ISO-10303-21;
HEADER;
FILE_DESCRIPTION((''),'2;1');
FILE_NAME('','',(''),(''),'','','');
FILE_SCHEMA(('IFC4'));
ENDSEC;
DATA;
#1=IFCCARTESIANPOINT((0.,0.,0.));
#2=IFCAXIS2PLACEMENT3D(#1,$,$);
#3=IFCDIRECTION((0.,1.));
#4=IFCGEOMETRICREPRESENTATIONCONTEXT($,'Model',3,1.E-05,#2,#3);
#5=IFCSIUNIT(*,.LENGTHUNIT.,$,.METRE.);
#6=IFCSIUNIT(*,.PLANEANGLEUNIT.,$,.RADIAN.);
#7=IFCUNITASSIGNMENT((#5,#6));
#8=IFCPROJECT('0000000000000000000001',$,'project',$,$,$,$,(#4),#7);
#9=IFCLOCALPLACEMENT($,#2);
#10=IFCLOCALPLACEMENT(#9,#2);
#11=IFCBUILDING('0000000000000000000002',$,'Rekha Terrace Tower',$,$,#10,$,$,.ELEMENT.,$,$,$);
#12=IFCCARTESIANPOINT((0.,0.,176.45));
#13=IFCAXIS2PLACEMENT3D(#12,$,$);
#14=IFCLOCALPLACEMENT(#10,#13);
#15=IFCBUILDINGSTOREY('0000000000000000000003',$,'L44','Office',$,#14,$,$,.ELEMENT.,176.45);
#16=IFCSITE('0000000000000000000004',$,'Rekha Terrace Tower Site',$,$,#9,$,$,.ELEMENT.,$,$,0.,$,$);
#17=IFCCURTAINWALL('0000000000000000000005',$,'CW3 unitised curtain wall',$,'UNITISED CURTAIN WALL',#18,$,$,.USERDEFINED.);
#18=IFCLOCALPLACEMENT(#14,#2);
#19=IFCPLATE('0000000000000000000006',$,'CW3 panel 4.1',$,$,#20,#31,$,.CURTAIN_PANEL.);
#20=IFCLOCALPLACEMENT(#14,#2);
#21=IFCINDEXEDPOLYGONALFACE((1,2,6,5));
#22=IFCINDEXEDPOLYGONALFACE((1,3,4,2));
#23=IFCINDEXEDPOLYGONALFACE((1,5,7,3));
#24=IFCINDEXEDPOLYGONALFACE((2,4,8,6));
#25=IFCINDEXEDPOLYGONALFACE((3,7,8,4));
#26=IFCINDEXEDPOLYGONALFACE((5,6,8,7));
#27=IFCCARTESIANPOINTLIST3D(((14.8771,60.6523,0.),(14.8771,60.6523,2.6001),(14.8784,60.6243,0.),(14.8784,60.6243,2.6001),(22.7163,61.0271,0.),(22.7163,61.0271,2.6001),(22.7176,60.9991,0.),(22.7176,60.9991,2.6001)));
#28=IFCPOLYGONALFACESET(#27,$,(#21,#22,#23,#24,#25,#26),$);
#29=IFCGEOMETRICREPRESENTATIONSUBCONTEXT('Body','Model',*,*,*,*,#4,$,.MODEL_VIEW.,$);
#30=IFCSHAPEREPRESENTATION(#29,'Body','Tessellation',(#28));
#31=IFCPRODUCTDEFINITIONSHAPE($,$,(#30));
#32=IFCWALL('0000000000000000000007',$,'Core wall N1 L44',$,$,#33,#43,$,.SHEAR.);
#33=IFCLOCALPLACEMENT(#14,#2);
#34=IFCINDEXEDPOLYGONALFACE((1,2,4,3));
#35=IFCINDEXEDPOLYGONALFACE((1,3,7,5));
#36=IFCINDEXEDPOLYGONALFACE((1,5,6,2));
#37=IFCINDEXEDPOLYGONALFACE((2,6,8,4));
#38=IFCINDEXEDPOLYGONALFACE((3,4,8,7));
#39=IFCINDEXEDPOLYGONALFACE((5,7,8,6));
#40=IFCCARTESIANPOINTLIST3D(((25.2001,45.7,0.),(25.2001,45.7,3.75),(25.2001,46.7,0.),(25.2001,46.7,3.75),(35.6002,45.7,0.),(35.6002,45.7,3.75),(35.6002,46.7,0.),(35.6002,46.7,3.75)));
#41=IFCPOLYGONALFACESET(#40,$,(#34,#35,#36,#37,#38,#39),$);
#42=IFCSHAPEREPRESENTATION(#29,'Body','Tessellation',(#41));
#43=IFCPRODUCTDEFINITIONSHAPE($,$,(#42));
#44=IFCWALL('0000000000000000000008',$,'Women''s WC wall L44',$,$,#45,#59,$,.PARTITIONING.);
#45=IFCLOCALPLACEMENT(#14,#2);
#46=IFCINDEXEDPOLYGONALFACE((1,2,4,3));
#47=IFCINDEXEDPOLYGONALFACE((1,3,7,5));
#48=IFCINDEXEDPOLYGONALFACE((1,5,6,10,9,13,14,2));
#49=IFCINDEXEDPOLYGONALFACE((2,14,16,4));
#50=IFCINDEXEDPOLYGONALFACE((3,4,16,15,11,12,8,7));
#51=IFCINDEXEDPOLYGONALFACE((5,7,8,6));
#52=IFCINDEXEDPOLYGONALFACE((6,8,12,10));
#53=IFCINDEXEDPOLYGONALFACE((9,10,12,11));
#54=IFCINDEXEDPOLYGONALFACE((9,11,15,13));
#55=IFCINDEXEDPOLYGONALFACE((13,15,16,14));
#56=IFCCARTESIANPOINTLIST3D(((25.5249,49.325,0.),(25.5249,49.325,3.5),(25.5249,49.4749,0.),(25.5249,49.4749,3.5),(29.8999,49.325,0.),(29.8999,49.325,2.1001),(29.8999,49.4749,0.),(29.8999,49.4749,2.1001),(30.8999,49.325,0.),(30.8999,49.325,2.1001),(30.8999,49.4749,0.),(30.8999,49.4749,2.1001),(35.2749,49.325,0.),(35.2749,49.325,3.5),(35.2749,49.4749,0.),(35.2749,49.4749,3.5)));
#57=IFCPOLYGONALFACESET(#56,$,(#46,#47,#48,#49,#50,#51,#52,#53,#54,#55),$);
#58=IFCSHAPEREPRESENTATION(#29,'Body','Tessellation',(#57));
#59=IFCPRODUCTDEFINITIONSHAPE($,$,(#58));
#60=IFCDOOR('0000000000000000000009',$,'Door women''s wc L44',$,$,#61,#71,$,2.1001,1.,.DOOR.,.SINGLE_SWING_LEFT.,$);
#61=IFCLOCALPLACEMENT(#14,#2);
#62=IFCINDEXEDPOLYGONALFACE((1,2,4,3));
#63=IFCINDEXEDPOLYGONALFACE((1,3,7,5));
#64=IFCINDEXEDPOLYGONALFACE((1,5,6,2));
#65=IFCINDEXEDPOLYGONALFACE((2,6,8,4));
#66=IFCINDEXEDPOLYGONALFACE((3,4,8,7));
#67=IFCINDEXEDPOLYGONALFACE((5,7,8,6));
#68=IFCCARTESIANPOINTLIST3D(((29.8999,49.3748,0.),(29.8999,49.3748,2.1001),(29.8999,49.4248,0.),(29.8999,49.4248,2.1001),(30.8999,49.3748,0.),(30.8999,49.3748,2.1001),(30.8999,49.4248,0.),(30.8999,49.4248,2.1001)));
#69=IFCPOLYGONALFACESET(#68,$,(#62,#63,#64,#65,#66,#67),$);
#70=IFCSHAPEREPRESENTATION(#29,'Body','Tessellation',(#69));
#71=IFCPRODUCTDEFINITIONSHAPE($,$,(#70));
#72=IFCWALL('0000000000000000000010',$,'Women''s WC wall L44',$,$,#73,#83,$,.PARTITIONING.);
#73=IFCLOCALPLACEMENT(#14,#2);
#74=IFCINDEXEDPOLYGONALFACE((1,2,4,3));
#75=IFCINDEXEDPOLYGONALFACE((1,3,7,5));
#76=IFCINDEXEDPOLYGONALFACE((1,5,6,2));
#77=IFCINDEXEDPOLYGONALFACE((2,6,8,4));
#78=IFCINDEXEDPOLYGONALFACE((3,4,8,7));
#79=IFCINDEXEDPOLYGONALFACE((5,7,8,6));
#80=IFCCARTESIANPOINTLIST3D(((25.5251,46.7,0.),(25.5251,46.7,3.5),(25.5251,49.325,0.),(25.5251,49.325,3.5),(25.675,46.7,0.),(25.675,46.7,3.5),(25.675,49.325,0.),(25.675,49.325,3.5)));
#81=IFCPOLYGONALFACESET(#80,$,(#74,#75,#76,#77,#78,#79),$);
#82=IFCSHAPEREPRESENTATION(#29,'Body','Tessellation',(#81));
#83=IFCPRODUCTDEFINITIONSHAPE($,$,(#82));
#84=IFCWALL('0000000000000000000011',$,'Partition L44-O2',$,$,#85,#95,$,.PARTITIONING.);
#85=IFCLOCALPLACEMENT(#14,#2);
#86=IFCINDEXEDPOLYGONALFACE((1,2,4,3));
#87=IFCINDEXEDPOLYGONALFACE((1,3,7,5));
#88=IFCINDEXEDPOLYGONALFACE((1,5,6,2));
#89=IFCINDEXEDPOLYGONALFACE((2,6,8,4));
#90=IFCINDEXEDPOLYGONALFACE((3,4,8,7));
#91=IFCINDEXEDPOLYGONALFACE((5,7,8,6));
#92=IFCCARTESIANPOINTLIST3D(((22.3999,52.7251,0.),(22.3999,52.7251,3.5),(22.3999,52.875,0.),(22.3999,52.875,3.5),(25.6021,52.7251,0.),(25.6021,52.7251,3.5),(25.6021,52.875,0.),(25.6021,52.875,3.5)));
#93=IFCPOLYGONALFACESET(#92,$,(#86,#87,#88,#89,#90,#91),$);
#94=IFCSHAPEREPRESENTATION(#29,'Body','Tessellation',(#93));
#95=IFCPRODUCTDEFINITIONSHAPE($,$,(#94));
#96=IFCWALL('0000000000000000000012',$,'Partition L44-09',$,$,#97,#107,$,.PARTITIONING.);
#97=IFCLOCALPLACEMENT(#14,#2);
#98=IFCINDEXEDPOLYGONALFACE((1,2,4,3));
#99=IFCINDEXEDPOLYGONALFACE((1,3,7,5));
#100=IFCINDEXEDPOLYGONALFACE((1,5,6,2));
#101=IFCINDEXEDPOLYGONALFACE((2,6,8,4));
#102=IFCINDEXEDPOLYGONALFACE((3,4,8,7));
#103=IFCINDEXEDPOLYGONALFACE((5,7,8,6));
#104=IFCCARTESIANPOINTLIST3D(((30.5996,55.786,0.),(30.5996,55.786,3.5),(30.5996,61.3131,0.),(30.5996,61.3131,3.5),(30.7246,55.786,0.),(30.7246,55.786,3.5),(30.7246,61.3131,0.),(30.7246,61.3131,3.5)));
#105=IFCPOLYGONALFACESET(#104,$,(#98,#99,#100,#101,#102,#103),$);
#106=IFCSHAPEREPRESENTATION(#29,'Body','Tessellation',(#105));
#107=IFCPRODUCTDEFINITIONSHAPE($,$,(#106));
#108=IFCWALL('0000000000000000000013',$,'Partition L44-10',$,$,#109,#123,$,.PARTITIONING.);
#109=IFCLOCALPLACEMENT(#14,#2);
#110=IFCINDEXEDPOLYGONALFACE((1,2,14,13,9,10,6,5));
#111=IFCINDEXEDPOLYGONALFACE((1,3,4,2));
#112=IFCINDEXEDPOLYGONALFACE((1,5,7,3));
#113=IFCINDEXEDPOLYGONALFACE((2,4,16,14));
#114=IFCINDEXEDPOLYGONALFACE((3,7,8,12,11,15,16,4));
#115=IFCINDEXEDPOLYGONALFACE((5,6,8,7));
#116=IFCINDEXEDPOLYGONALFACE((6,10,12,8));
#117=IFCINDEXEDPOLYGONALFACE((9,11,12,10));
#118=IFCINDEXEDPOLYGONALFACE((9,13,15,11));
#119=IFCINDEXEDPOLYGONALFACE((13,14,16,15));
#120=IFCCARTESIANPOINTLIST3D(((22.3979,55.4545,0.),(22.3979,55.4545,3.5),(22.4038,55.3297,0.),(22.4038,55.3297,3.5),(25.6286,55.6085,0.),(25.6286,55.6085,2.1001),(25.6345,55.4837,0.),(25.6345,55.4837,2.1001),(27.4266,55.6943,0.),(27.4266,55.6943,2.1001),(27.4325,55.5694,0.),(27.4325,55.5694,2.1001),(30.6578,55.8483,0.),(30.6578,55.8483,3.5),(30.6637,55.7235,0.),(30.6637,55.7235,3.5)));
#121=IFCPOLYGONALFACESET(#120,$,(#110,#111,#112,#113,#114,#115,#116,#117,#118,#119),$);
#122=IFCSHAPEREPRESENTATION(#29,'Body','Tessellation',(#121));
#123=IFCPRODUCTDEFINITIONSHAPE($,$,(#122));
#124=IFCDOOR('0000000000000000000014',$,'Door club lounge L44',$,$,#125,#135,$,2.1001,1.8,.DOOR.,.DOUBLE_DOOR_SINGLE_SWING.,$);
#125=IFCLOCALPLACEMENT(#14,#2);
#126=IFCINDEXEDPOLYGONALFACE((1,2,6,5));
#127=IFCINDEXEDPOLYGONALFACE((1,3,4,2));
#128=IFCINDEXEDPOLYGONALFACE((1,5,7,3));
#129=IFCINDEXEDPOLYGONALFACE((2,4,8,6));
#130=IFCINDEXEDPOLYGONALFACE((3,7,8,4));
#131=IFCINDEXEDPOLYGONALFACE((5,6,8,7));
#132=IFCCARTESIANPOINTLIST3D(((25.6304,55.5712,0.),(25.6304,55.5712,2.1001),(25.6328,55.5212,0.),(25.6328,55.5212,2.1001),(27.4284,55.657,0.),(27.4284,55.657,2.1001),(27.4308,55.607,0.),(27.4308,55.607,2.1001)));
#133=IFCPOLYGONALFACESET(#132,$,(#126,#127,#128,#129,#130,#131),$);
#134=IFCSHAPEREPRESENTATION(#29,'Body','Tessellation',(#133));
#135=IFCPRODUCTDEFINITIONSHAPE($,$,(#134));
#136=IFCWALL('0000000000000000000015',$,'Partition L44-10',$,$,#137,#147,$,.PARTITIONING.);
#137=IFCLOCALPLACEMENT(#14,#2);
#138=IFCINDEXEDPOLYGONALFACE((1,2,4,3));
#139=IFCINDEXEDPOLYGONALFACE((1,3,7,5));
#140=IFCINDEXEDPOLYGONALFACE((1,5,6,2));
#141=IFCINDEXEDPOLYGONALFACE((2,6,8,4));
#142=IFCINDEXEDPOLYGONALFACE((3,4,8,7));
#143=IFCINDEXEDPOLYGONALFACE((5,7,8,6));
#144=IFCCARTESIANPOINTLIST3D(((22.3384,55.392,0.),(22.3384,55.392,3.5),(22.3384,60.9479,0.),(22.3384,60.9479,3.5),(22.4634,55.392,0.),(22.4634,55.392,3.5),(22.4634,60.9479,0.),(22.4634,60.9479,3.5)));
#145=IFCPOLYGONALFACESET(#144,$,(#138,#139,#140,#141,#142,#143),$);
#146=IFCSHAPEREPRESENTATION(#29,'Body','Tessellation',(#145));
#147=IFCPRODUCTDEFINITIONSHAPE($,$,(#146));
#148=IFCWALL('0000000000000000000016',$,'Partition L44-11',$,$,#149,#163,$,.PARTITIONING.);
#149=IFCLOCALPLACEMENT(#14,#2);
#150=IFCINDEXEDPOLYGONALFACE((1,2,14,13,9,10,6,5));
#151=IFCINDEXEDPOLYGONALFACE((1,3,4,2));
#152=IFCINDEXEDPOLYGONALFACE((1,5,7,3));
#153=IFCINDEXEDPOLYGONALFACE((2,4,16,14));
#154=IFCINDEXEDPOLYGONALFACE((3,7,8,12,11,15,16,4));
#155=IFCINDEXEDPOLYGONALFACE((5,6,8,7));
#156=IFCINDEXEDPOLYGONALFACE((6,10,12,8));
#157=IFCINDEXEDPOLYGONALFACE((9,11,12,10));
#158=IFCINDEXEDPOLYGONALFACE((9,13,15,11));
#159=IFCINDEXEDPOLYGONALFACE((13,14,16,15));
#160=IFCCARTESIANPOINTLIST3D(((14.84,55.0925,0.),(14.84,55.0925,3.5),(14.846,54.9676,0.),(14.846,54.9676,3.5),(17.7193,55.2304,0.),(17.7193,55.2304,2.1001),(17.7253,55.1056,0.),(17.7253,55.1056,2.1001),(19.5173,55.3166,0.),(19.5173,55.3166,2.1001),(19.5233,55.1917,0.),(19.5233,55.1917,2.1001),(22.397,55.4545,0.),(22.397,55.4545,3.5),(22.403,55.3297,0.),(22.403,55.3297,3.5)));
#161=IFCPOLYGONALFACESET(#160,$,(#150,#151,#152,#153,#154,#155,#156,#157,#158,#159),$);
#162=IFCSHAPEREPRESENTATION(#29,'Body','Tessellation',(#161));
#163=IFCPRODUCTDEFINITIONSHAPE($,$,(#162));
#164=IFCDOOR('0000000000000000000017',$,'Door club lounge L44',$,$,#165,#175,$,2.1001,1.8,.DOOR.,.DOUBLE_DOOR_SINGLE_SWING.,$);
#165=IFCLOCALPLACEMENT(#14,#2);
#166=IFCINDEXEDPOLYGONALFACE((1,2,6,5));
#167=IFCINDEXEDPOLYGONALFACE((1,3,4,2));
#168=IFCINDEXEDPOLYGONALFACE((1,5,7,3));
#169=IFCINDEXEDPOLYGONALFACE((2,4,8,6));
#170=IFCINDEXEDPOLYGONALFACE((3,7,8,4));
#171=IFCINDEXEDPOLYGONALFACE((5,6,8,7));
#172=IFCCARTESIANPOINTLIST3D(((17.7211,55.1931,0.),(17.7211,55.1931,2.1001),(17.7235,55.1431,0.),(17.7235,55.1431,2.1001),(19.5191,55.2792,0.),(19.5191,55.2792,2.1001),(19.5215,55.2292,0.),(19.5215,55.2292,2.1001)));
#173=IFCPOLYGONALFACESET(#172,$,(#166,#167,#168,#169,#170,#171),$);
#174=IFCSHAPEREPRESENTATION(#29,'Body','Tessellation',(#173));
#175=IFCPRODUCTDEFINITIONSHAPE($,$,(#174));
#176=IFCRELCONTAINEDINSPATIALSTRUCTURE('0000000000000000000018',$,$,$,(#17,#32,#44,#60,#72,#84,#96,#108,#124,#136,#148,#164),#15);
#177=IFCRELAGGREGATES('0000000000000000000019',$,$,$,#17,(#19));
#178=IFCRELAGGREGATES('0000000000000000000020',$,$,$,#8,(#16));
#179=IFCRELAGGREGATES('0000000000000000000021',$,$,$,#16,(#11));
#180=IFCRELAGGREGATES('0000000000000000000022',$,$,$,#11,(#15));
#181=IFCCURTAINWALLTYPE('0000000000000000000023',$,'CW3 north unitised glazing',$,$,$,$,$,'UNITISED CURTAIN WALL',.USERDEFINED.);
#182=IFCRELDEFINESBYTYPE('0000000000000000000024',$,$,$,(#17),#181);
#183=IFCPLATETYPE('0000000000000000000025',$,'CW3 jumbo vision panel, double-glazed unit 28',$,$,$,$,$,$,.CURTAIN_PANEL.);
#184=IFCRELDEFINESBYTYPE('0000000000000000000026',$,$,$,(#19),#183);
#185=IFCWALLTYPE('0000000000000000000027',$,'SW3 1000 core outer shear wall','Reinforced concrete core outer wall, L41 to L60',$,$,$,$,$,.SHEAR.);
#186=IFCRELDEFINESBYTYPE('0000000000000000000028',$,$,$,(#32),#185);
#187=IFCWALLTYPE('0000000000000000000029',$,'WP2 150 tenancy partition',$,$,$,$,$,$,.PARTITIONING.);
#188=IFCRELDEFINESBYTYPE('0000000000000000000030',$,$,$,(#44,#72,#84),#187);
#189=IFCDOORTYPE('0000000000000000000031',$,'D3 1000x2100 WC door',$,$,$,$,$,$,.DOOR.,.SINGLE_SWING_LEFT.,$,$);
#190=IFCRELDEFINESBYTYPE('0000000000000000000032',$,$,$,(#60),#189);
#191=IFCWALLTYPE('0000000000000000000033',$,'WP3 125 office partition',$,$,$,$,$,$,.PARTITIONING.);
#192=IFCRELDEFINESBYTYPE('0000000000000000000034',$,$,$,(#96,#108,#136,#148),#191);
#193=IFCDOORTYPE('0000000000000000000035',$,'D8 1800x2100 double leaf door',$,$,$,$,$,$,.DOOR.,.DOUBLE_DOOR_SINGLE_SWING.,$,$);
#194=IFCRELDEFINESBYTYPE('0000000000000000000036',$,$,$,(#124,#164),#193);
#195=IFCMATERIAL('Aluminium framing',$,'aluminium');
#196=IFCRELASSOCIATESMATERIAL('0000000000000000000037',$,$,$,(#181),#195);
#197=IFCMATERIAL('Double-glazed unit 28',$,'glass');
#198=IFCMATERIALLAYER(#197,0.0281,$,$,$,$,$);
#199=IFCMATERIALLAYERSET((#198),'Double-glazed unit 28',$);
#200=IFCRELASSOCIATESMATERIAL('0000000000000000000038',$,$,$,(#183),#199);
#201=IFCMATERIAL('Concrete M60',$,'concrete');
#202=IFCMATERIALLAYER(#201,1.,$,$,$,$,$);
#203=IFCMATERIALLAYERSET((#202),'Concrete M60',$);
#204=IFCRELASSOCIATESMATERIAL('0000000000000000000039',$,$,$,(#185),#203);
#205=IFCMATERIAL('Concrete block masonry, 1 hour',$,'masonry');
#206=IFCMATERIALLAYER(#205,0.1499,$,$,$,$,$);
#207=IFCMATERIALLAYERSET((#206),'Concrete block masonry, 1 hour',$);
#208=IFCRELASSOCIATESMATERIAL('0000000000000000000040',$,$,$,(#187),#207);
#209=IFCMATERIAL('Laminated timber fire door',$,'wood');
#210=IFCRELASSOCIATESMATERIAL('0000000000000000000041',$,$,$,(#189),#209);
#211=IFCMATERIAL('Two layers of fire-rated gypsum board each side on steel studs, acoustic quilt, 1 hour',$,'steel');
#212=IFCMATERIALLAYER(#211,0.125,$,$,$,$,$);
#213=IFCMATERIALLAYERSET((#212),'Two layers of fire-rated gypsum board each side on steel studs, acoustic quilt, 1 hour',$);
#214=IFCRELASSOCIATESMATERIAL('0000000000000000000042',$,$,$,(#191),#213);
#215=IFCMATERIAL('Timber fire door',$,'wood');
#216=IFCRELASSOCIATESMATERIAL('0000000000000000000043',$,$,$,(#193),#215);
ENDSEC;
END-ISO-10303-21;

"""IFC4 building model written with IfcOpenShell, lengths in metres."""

from ifc_helpers import new_model, si_unit, direction, frame, frame_2d, origin, origin_2d, place, context, subcontext, project, spatial, rectangle, extrude, material, layer, layer_set, type_object, element, fill, aggregate, save


model = new_model("IFC4")

# Units and contexts
model_context = context("Model", 3, precision=1e-05, world=origin(), true_north=direction((0.0, 1.0)))
body_context = subcontext(model_context, "Body", "Model", "MODEL_VIEW")
ifc_project = project(units=[si_unit("LENGTHUNIT", "METRE"), si_unit("PLANEANGLEUNIT", "RADIAN")], contexts=[model_context])

# Site, building, storey
site_placement = place(None, origin())
site = spatial("IfcSite", under=ifc_project, at=site_placement, Name="Rekha Terrace Tower Site", CompositionType="ELEMENT", RefElevation=0.0)
building_placement = place(site_placement, origin())
building = spatial("IfcBuilding", under=site, at=building_placement, Name="Rekha Terrace Tower", CompositionType="ELEMENT")
storey_placement = place(building_placement, frame((0.0, 0.0, 176.45)))
storey = spatial("IfcBuildingStorey", under=building, at=storey_placement, Name="L44", Description="Office", CompositionType="ELEMENT", Elevation=176.45)

# Curtain wall, plate
ifc_material_1 = material(Name="Aluminium framing", Category="aluminium")
curtain_wall_type = type_object("IfcCurtainWallType", Name="CW3 north unitised glazing", ElementType="UNITISED CURTAIN WALL", PredefinedType="USERDEFINED", material=ifc_material_1)
curtain_wall_placement = place(storey_placement, origin())
curtain_wall = element("IfcCurtainWall", 1, at=curtain_wall_placement, inside=storey, type_object=curtain_wall_type, Name="CW3 unitised curtain wall", ObjectType="UNITISED CURTAIN WALL", PredefinedType="USERDEFINED")
ifc_material_2 = material(Name="Double-glazed unit 28", Category="glass")
ifc_layer_1 = layer(ifc_material_2, 0.0281)
ifc_layer_set_1 = layer_set([ifc_layer_1], Name="Double-glazed unit 28")
plate_type = type_object("IfcPlateType", Name="CW3 jumbo vision panel, double-glazed unit 28", PredefinedType="CURTAIN_PANEL", material=ifc_layer_set_1)
plate_1_placement = place(storey_placement, frame((18.7974, 60.8257, 0.0), z_axis=(0.0, 0.0, 1.0), x_axis=(-0.998859, -0.047759, 0.0)))
plate_1 = element("IfcPlate", 2, at=plate_1_placement, type_object=plate_type, Name="CW3 panel 4.1", PredefinedType="CURTAIN_PANEL", context=body_context, shape_type="SweptSolid", body=[
    extrude(rectangle(XDim=7.8481, YDim=0.0281, at=origin_2d()), origin(), (0.0, 0.0, 1.0), 2.6001),
])
aggregate(curtain_wall, [plate_1])

# Wall
ifc_material_3 = material(Name="Concrete M60", Category="concrete")
ifc_layer_2 = layer(ifc_material_3, 1.0)
ifc_layer_set_2 = layer_set([ifc_layer_2], Name="Concrete M60")
wall_type_1 = type_object("IfcWallType", Name="SW3 1000 core outer shear wall", Description="Reinforced concrete core outer wall, L41 to L60", PredefinedType="SHEAR", material=ifc_layer_set_2)
wall_1_placement = place(storey_placement, frame((25.2, 46.2, 0.0), z_axis=(0.0, 0.0, 1.0), x_axis=(1.0, 0.0, 0.0)))
element("IfcWall", 3, at=wall_1_placement, inside=storey, type_object=wall_type_1, Name="Core wall N1 L44", PredefinedType="SHEAR", context=body_context, shape_type="SweptSolid", body=[
    extrude(rectangle(XDim=10.4001, YDim=1.0, at=frame_2d((5.2002, 0.0))), origin(), (0.0, 0.0, 1.0), 3.75),
])

# Wall, opening, door
ifc_material_4 = material(Name="Concrete block masonry, 1 hour", Category="masonry")
ifc_layer_3 = layer(ifc_material_4, 0.1499)
ifc_layer_set_3 = layer_set([ifc_layer_3], Name="Concrete block masonry, 1 hour")
wall_type_2 = type_object("IfcWallType", Name="WP2 150 tenancy partition", PredefinedType="PARTITIONING", material=ifc_layer_set_3)
wall_2_placement = place(storey_placement, frame((25.5249, 49.3999, 0.0), z_axis=(0.0, 0.0, 1.0), x_axis=(1.0, 0.0, 0.0)))
wall_2 = element("IfcWall", 4, at=wall_2_placement, inside=storey, type_object=wall_type_2, Name="Women's WC wall L44", PredefinedType="PARTITIONING", context=body_context, shape_type="SweptSolid", body=[
    extrude(rectangle(XDim=9.75, YDim=0.1499, at=frame_2d((4.875, 0.0))), origin(), (0.0, 0.0, 1.0), 3.5),
])
opening_1_placement = place(wall_2_placement, frame((4.375, 0.0, 0.0)))
opening_1 = element("IfcOpeningElement", 5, at=opening_1_placement, cuts=wall_2, PredefinedType="OPENING", context=body_context, shape_type="SweptSolid", body=[
    extrude(rectangle(XDim=1.0, YDim=2.1001, at=frame_2d((0.5, 1.05))), frame((0.0, 0.085, 0.0), z_axis=(0.0, -1.0, 0.0), x_axis=(1.0, 0.0, 0.0)), (0.0, 0.0, 1.0), 0.1699),
])
ifc_material_5 = material(Name="Laminated timber fire door", Category="wood")
door_type_1 = type_object("IfcDoorType", Name="D3 1000x2100 WC door", OperationType="SINGLE_SWING_LEFT", PredefinedType="DOOR", material=ifc_material_5)
door_1_placement = place(opening_1_placement, origin())
door_1 = element("IfcDoor", 6, at=door_1_placement, inside=storey, type_object=door_type_1, Name="Door women's wc L44", OperationType="SINGLE_SWING_LEFT", OverallHeight=2.1001, OverallWidth=1.0, PredefinedType="DOOR", context=body_context, shape_type="SweptSolid", body=[
    extrude(rectangle(XDim=1.0, YDim=2.1001, at=frame_2d((0.5, 1.05))), frame((0.0, 0.0249, 0.0), z_axis=(0.0, -1.0, 0.0), x_axis=(1.0, 0.0, 0.0)), (0.0, 0.0, 1.0), 0.05),
])
fill(opening_1, door_1)

# Walls
wall_3_placement = place(storey_placement, frame((25.6001, 46.7, 0.0), z_axis=(0.0, 0.0, 1.0), x_axis=(0.0, 1.0, 0.0)))
element("IfcWall", 7, at=wall_3_placement, inside=storey, type_object=wall_type_2, Name="Women's WC wall L44", PredefinedType="PARTITIONING", context=body_context, shape_type="SweptSolid", body=[
    extrude(rectangle(XDim=2.625, YDim=0.1499, at=frame_2d((1.3125, 0.0))), origin(), (0.0, 0.0, 1.0), 3.5),
])
wall_4_placement = place(storey_placement, frame((25.6021, 52.8, 0.0), z_axis=(0.0, 0.0, 1.0), x_axis=(-1.0, 0.0, 0.0)))
element("IfcWall", 8, at=wall_4_placement, inside=storey, type_object=wall_type_2, Name="Partition L44-O2", PredefinedType="PARTITIONING", context=body_context, shape_type="SweptSolid", body=[
    extrude(rectangle(XDim=3.2021, YDim=0.1499, at=frame_2d((1.6011, 0.0))), origin(), (0.0, 0.0, 1.0), 3.5),
])
ifc_material_6 = material(Name="Two layers of fire-rated gypsum board each side on steel studs, acoustic quilt, 1 hour", Category="steel")
ifc_layer_4 = layer(ifc_material_6, 0.125)
ifc_layer_set_4 = layer_set([ifc_layer_4], Name="Two layers of fire-rated gypsum board each side on steel studs, acoustic quilt, 1 hour")
wall_type_3 = type_object("IfcWallType", Name="WP3 125 office partition", PredefinedType="PARTITIONING", material=ifc_layer_set_4)
wall_5_placement = place(storey_placement, frame((30.6621, 55.7859, 0.0), z_axis=(0.0, 0.0, 1.0), x_axis=(0.0, 1.0, 0.0)))
element("IfcWall", 9, at=wall_5_placement, inside=storey, type_object=wall_type_3, Name="Partition L44-09", PredefinedType="PARTITIONING", context=body_context, shape_type="SweptSolid", body=[
    extrude(rectangle(XDim=5.5271, YDim=0.125, at=frame_2d((2.7637, 0.0))), origin(), (0.0, 0.0, 1.0), 3.5),
])

# Wall, opening, door
wall_6_placement = place(storey_placement, frame((30.6609, 55.7859, 0.0), z_axis=(0.0, 0.0, 1.0), x_axis=(-0.998865, -0.047621, 0.0)))
wall_6 = element("IfcWall", 10, at=wall_6_placement, inside=storey, type_object=wall_type_3, Name="Partition L44-10", PredefinedType="PARTITIONING", context=body_context, shape_type="SweptSolid", body=[
    extrude(rectangle(XDim=8.2693, YDim=0.125, at=frame_2d((4.1348, 0.0))), origin(), (0.0, 0.0, 1.0), 3.5),
])
opening_2_placement = place(wall_6_placement, frame((3.2351, 0.0, 0.0)))
opening_2 = element("IfcOpeningElement", 11, at=opening_2_placement, cuts=wall_6, PredefinedType="OPENING", context=body_context, shape_type="SweptSolid", body=[
    extrude(rectangle(XDim=1.8, YDim=2.1001, at=frame_2d((0.8999, 1.05))), frame((0.0, 0.0725, 0.0), z_axis=(0.0, -1.0, 0.0), x_axis=(1.0, 0.0, 0.0)), (0.0, 0.0, 1.0), 0.145),
])
ifc_material_7 = material(Name="Timber fire door", Category="wood")
door_type_2 = type_object("IfcDoorType", Name="D8 1800x2100 double leaf door", OperationType="DOUBLE_DOOR_SINGLE_SWING", PredefinedType="DOOR", material=ifc_material_7)
door_2_placement = place(opening_2_placement, origin())
door_2 = element("IfcDoor", 12, at=door_2_placement, inside=storey, type_object=door_type_2, Name="Door club lounge L44", OperationType="DOUBLE_DOOR_SINGLE_SWING", OverallHeight=2.1001, OverallWidth=1.8, PredefinedType="DOOR", context=body_context, shape_type="SweptSolid", body=[
    extrude(rectangle(XDim=1.8, YDim=2.1001, at=frame_2d((0.8999, 1.05))), frame((0.0, 0.0249, 0.0), z_axis=(0.0, -1.0, 0.0), x_axis=(1.0, 0.0, 0.0)), (0.0, 0.0, 1.0), 0.05),
])
fill(opening_2, door_2)

# Wall
wall_7_placement = place(storey_placement, frame((22.4009, 55.3921, 0.0), z_axis=(0.0, 0.0, 1.0), x_axis=(0.0, 1.0, 0.0)))
element("IfcWall", 13, at=wall_7_placement, inside=storey, type_object=wall_type_3, Name="Partition L44-10", PredefinedType="PARTITIONING", context=body_context, shape_type="SweptSolid", body=[
    extrude(rectangle(XDim=5.5559, YDim=0.125, at=frame_2d((2.7778, 0.0))), origin(), (0.0, 0.0, 1.0), 3.5),
])

# Wall, opening, door
wall_8_placement = place(storey_placement, frame((22.3999, 55.3921, 0.0), z_axis=(0.0, 0.0, 1.0), x_axis=(-0.998854, -0.047856, 0.0)))
wall_8 = element("IfcWall", 14, at=wall_8_placement, inside=storey, type_object=wall_type_3, Name="Partition L44-11", PredefinedType="PARTITIONING", context=body_context, shape_type="SweptSolid", body=[
    extrude(rectangle(XDim=7.5657, YDim=0.125, at=frame_2d((3.7827, 0.0))), origin(), (0.0, 0.0, 1.0), 3.5),
])
opening_3_placement = place(wall_8_placement, frame((2.8831, 0.0, 0.0)))
opening_3 = element("IfcOpeningElement", 15, at=opening_3_placement, cuts=wall_8, PredefinedType="OPENING", context=body_context, shape_type="SweptSolid", body=[
    extrude(rectangle(XDim=1.8, YDim=2.1001, at=frame_2d((0.8999, 1.05))), frame((0.0, 0.0725, 0.0), z_axis=(0.0, -1.0, 0.0), x_axis=(1.0, 0.0, 0.0)), (0.0, 0.0, 1.0), 0.145),
])
door_3_placement = place(opening_3_placement, origin())
door_3 = element("IfcDoor", 16, at=door_3_placement, inside=storey, type_object=door_type_2, Name="Door club lounge L44", OperationType="DOUBLE_DOOR_SINGLE_SWING", OverallHeight=2.1001, OverallWidth=1.8, PredefinedType="DOOR", context=body_context, shape_type="SweptSolid", body=[
    extrude(rectangle(XDim=1.8, YDim=2.1001, at=frame_2d((0.8999, 1.05))), frame((0.0, 0.0249, 0.0), z_axis=(0.0, -1.0, 0.0), x_axis=(1.0, 0.0, 0.0)), (0.0, 0.0, 1.0), 0.05),
])
fill(opening_3, door_3)

save(model, "model.ifc")
